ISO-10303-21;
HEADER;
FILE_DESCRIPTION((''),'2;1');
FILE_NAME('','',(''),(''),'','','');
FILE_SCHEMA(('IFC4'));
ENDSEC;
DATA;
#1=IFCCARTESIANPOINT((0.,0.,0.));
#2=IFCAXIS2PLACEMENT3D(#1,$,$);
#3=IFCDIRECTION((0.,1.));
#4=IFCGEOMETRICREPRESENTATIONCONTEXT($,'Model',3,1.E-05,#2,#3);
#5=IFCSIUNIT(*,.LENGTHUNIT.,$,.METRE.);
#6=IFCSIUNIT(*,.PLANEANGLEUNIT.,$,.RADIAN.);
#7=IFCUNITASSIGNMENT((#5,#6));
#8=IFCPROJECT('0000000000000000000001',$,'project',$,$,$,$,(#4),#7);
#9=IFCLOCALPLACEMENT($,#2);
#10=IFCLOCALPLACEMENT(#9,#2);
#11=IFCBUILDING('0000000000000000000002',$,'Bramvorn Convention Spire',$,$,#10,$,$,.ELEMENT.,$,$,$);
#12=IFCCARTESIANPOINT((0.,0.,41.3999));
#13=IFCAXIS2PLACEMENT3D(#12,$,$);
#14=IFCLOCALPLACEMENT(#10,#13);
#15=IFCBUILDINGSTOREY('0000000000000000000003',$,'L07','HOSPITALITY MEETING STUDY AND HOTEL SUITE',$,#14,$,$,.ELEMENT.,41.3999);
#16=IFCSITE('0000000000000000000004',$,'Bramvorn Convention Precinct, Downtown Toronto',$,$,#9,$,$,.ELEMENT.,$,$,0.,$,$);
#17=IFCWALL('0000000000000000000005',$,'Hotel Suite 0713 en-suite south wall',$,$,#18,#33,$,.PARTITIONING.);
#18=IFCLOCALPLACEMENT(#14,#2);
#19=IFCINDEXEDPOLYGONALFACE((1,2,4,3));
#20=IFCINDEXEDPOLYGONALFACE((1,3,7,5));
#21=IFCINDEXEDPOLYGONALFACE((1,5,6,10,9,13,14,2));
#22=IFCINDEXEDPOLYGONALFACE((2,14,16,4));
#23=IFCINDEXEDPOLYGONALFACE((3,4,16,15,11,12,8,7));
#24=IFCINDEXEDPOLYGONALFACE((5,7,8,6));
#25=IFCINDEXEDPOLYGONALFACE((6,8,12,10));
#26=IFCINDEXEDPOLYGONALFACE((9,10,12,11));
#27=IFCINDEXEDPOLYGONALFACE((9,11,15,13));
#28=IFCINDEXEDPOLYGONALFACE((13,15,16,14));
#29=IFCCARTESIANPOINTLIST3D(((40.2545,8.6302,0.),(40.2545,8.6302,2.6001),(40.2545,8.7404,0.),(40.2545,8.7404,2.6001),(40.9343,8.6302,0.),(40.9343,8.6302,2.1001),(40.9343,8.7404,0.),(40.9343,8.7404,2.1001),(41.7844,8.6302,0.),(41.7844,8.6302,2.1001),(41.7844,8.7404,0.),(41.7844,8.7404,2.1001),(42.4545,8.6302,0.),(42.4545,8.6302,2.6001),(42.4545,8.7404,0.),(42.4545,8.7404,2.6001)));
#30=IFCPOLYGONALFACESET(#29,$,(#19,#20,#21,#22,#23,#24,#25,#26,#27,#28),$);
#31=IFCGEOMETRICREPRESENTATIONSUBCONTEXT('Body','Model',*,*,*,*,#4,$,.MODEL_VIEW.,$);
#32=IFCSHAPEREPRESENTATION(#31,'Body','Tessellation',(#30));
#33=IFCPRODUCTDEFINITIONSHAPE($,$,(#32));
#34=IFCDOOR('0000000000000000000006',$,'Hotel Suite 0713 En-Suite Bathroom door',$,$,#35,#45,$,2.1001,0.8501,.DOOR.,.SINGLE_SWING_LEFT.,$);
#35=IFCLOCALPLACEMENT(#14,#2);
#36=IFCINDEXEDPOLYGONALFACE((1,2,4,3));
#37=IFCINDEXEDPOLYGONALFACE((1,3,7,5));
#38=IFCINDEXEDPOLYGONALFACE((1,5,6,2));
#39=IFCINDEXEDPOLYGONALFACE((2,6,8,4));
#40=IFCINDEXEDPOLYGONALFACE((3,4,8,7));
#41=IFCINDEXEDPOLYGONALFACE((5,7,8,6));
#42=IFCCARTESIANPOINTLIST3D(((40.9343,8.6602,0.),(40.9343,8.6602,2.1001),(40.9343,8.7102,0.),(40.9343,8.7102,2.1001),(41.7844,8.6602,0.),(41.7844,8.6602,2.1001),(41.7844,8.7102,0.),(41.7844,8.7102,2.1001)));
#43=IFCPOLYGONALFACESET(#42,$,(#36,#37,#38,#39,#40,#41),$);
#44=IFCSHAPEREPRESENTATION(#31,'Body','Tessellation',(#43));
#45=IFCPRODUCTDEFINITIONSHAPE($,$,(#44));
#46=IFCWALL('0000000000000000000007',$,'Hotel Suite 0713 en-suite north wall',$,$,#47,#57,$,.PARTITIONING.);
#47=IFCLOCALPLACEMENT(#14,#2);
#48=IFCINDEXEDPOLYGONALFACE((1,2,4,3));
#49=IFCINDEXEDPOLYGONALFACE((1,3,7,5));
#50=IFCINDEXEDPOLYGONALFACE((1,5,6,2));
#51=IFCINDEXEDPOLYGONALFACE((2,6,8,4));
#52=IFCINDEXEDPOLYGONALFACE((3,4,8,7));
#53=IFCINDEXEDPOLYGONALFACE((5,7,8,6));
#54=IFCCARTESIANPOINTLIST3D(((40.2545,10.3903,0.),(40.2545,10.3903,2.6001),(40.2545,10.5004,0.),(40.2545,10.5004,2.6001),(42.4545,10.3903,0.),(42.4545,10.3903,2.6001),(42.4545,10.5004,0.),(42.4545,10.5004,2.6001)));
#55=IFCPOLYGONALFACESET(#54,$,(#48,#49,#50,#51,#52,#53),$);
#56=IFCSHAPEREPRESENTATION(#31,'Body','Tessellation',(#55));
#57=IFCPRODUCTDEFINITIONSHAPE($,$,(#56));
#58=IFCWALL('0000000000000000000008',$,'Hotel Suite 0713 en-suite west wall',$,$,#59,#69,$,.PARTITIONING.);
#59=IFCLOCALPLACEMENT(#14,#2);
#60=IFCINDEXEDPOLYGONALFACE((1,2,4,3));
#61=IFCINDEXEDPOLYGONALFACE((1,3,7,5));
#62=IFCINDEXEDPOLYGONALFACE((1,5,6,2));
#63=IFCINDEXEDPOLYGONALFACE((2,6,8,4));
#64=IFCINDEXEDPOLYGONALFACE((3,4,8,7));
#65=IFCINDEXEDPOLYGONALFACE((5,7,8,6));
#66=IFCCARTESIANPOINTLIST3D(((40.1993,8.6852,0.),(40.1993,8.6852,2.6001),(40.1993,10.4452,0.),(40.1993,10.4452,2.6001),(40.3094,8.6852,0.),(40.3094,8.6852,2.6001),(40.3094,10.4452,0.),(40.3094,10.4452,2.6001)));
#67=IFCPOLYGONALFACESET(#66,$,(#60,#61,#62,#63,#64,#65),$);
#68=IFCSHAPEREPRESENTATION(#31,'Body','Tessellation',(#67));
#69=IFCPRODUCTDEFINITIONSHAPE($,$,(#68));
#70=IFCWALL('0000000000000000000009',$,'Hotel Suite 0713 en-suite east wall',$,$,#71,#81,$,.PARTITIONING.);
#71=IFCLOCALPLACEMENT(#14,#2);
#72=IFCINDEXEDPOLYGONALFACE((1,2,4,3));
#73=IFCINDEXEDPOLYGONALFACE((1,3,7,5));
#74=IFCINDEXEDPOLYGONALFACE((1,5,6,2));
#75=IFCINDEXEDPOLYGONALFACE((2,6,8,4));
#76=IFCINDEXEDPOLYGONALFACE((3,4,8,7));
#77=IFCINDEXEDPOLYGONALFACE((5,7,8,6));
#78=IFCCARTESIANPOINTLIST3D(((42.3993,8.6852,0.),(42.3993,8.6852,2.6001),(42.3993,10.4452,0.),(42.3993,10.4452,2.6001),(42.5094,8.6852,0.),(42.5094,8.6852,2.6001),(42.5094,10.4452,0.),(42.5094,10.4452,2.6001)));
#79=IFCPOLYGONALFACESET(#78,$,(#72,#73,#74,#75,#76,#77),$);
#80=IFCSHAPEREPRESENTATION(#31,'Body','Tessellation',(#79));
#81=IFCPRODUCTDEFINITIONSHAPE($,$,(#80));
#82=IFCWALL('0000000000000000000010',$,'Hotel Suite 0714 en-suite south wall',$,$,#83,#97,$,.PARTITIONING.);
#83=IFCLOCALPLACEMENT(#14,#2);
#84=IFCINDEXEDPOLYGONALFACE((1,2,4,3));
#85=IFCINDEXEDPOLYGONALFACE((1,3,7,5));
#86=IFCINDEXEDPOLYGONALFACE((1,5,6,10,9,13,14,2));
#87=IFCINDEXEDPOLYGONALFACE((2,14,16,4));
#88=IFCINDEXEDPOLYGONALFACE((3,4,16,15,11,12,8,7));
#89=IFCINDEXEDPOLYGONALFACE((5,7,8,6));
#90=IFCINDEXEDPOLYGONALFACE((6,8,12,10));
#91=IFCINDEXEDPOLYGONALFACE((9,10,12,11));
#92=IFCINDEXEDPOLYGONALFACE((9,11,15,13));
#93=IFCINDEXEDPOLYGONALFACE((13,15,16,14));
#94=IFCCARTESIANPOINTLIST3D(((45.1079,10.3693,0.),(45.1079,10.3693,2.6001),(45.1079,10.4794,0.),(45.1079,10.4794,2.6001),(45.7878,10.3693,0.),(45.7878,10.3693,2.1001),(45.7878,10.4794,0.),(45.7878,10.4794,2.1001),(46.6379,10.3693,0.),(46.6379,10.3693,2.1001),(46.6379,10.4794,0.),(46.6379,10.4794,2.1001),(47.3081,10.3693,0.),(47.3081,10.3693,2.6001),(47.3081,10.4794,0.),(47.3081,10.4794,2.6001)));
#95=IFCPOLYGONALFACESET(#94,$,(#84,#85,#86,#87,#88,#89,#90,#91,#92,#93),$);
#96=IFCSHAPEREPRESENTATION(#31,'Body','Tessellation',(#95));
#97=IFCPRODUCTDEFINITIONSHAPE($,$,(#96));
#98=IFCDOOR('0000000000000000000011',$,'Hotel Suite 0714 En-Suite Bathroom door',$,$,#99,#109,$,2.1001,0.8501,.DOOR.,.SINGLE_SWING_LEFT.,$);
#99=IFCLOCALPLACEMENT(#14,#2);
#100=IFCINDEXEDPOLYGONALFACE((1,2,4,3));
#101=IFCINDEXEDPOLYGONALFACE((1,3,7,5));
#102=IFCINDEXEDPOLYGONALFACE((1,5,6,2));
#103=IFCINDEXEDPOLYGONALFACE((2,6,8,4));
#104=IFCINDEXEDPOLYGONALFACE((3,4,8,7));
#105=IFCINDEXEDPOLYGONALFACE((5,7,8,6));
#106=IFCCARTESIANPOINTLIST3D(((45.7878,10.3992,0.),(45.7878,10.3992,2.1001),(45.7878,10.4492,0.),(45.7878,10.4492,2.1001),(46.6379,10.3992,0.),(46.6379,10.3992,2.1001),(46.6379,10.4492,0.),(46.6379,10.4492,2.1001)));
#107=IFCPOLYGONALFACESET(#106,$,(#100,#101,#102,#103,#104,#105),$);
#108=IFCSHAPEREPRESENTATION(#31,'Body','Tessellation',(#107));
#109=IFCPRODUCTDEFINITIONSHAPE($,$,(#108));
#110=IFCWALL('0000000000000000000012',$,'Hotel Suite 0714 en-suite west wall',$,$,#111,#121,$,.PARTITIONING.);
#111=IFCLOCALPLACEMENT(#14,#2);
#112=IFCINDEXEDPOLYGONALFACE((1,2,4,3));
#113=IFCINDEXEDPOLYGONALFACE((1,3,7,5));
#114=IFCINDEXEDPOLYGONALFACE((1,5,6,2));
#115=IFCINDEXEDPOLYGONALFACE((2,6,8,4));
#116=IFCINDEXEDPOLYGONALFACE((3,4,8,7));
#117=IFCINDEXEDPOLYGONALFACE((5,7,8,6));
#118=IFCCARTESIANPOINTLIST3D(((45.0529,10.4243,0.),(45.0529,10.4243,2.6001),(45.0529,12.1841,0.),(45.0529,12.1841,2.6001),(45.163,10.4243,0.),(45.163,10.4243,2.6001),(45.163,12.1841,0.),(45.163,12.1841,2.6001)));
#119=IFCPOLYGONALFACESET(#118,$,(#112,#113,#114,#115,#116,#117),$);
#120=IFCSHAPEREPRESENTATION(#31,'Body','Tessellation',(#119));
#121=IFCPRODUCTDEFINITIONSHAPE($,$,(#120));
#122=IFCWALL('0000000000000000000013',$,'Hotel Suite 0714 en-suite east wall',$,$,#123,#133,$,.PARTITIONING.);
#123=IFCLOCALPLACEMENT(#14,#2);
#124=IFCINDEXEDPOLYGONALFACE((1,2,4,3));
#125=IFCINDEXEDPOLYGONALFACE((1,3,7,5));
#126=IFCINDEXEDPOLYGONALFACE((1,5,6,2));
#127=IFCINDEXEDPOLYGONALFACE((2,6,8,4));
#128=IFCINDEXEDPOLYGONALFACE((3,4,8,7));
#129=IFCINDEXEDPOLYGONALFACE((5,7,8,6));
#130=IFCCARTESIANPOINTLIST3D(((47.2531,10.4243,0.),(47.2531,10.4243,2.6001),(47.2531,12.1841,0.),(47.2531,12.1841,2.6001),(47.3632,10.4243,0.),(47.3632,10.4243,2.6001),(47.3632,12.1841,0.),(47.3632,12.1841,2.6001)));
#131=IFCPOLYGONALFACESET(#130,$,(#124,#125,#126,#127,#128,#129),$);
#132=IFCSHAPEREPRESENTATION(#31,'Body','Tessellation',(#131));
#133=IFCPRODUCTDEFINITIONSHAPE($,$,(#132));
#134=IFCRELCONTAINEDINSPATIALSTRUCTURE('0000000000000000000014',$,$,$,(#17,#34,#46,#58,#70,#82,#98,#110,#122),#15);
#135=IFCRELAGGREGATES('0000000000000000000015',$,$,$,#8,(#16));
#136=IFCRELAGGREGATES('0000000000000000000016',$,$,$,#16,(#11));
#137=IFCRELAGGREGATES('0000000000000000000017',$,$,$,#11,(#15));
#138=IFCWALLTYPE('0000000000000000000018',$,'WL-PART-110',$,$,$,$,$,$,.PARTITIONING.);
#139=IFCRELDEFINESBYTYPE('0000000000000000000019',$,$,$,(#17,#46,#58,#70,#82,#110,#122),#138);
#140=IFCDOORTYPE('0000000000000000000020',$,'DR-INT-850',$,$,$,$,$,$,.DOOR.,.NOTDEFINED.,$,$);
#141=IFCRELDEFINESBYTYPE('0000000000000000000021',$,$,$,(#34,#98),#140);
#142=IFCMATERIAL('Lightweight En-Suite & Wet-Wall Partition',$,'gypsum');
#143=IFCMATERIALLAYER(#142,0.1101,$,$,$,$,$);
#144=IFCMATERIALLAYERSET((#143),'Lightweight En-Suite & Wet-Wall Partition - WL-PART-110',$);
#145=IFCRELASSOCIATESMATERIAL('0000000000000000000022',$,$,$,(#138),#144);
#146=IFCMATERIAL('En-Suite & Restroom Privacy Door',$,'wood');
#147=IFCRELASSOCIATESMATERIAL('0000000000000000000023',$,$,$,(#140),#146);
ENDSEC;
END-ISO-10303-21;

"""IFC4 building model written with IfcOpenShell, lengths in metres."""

from ifc_helpers import new_model, si_unit, direction, frame, frame_2d, origin, place, context, subcontext, project, spatial, rectangle, extrude, material, layer, layer_set, type_object, element, fill, save


model = new_model("IFC4")

# Units and contexts
model_context = context("Model", 3, precision=1e-05, world=origin(), true_north=direction((0.0, 1.0)))
body_context = subcontext(model_context, "Body", "Model", "MODEL_VIEW")
ifc_project = project(units=[si_unit("LENGTHUNIT", "METRE"), si_unit("PLANEANGLEUNIT", "RADIAN")], contexts=[model_context])

# Site, building, storey
site_placement = place(None, origin())
site = spatial("IfcSite", under=ifc_project, at=site_placement, Name="Bramvorn Convention Precinct, Downtown Toronto", CompositionType="ELEMENT", RefElevation=0.0)
building_placement = place(site_placement, origin())
building = spatial("IfcBuilding", under=site, at=building_placement, Name="Bramvorn Convention Spire", CompositionType="ELEMENT")
storey_placement = place(building_placement, frame((0.0, 0.0, 41.3999)))
storey = spatial("IfcBuildingStorey", under=building, at=storey_placement, Name="L07", Description="HOSPITALITY MEETING STUDY AND HOTEL SUITE", CompositionType="ELEMENT", Elevation=41.3999)

# Shared definitions
ifc_material_1 = material(Name="Lightweight En-Suite & Wet-Wall Partition", Category="gypsum")
ifc_layer_1 = layer(ifc_material_1, 0.1101)
ifc_layer_set_1 = layer_set([ifc_layer_1], Name="Lightweight En-Suite & Wet-Wall Partition - WL-PART-110")
wall_type_1 = type_object("IfcWallType", Name="WL-PART-110", PredefinedType="PARTITIONING", material=ifc_layer_set_1)

# Wall, opening, door
wall_1_placement = place(storey_placement, frame((40.2544, 8.6853, 0.0), z_axis=(0.0, 0.0, 1.0), x_axis=(1.0, 0.0, 0.0)))
wall_1 = element("IfcWall", 1, at=wall_1_placement, inside=storey, type_object=wall_type_1, Name="Hotel Suite 0713 en-suite south wall", PredefinedType="PARTITIONING", context=body_context, shape_type="SweptSolid", body=[
    extrude(rectangle(XDim=2.2, YDim=0.1101, at=frame_2d((1.1001, 0.0))), origin(), (0.0, 0.0, 1.0), 2.6001),
])
opening_1_placement = place(wall_1_placement, frame((0.6799, 0.0, 0.0)))
opening_1 = element("IfcOpeningElement", 2, at=opening_1_placement, cuts=wall_1, PredefinedType="OPENING", context=body_context, shape_type="SweptSolid", body=[
    extrude(rectangle(XDim=0.8501, YDim=2.1001, at=frame_2d((0.425, 1.05))), frame((0.0, 0.0649, 0.0), z_axis=(0.0, -1.0, 0.0), x_axis=(1.0, 0.0, 0.0)), (0.0, 0.0, 1.0), 0.1301),
])
ifc_material_2 = material(Name="En-Suite & Restroom Privacy Door", Category="wood")
door_type = type_object("IfcDoorType", Name="DR-INT-850", OperationType="NOTDEFINED", PredefinedType="DOOR", material=ifc_material_2)
door_1_placement = place(opening_1_placement, origin())
door_1 = element("IfcDoor", 3, at=door_1_placement, inside=storey, type_object=door_type, Name="Hotel Suite 0713 En-Suite Bathroom door", OperationType="SINGLE_SWING_LEFT", OverallHeight=2.1001, OverallWidth=0.8501, PredefinedType="DOOR", context=body_context, shape_type="SweptSolid", body=[
    extrude(rectangle(XDim=0.8501, YDim=2.1001, at=frame_2d((0.425, 1.05))), frame((0.0, 0.0249, 0.0), z_axis=(0.0, -1.0, 0.0), x_axis=(1.0, 0.0, 0.0)), (0.0, 0.0, 1.0), 0.05),
])
fill(opening_1, door_1)

# Walls
wall_2_placement = place(storey_placement, frame((40.2544, 10.4453, 0.0), z_axis=(0.0, 0.0, 1.0), x_axis=(1.0, 0.0, 0.0)))
element("IfcWall", 4, at=wall_2_placement, inside=storey, type_object=wall_type_1, Name="Hotel Suite 0713 en-suite north wall", PredefinedType="PARTITIONING", context=body_context, shape_type="SweptSolid", body=[
    extrude(rectangle(XDim=2.2, YDim=0.1101, at=frame_2d((1.1001, 0.0))), origin(), (0.0, 0.0, 1.0), 2.6001),
])
for number, where, z_axis, x_axis, name in (
    (5, (40.2544, 8.6853, 0.0), (0.0, 0.0, 1.0), (0.0, 1.0, 0.0), "Hotel Suite 0713 en-suite west wall"),
    (6, (42.4543, 8.6853, 0.0), (0.0, 0.0, 1.0), (0.0, 1.0, 0.0), "Hotel Suite 0713 en-suite east wall"),
):
    element("IfcWall", number, at=place(storey_placement, frame(where, z_axis=z_axis, x_axis=x_axis)), inside=storey, type_object=wall_type_1, Name=name, PredefinedType="PARTITIONING", context=body_context, shape_type="SweptSolid", body=[
        extrude(rectangle(XDim=1.76, YDim=0.1101, at=frame_2d((0.8799, 0.0))), origin(), (0.0, 0.0, 1.0), 2.6001),
    ])

# Wall, opening, door
wall_3_placement = place(storey_placement, frame((45.1079, 10.4243, 0.0), z_axis=(0.0, 0.0, 1.0), x_axis=(1.0, 0.0, 0.0)))
wall_3 = element("IfcWall", 7, at=wall_3_placement, inside=storey, type_object=wall_type_1, Name="Hotel Suite 0714 en-suite south wall", PredefinedType="PARTITIONING", context=body_context, shape_type="SweptSolid", body=[
    extrude(rectangle(XDim=2.2002, YDim=0.1101, at=frame_2d((1.1001, 0.0))), origin(), (0.0, 0.0, 1.0), 2.6001),
])
opening_2_placement = place(wall_3_placement, frame((0.6799, 0.0, 0.0)))
opening_2 = element("IfcOpeningElement", 8, at=opening_2_placement, cuts=wall_3, PredefinedType="OPENING", context=body_context, shape_type="SweptSolid", body=[
    extrude(rectangle(XDim=0.8501, YDim=2.1001, at=frame_2d((0.425, 1.05))), frame((0.0, 0.0649, 0.0), z_axis=(0.0, -1.0, 0.0), x_axis=(1.0, 0.0, 0.0)), (0.0, 0.0, 1.0), 0.1301),
])
door_2_placement = place(opening_2_placement, origin())
door_2 = element("IfcDoor", 9, at=door_2_placement, inside=storey, type_object=door_type, Name="Hotel Suite 0714 En-Suite Bathroom door", OperationType="SINGLE_SWING_LEFT", OverallHeight=2.1001, OverallWidth=0.8501, PredefinedType="DOOR", context=body_context, shape_type="SweptSolid", body=[
    extrude(rectangle(XDim=0.8501, YDim=2.1001, at=frame_2d((0.425, 1.05))), frame((0.0, 0.0249, 0.0), z_axis=(0.0, -1.0, 0.0), x_axis=(1.0, 0.0, 0.0)), (0.0, 0.0, 1.0), 0.05),
])
fill(opening_2, door_2)

# Walls
for number, where, z_axis, x_axis, name in (
    (10, (45.1079, 10.4243, 0.0), (0.0, 0.0, 1.0), (0.0, 1.0, 0.0), "Hotel Suite 0714 en-suite west wall"),
    (11, (47.3081, 10.4243, 0.0), (0.0, 0.0, 1.0), (0.0, 1.0, 0.0), "Hotel Suite 0714 en-suite east wall"),
):
    element("IfcWall", number, at=place(storey_placement, frame(where, z_axis=z_axis, x_axis=x_axis)), inside=storey, type_object=wall_type_1, Name=name, PredefinedType="PARTITIONING", context=body_context, shape_type="SweptSolid", body=[
        extrude(rectangle(XDim=1.7598, YDim=0.1101, at=frame_2d((0.8799, 0.0))), origin(), (0.0, 0.0, 1.0), 2.6001),
    ])

save(model, "model.ifc")
